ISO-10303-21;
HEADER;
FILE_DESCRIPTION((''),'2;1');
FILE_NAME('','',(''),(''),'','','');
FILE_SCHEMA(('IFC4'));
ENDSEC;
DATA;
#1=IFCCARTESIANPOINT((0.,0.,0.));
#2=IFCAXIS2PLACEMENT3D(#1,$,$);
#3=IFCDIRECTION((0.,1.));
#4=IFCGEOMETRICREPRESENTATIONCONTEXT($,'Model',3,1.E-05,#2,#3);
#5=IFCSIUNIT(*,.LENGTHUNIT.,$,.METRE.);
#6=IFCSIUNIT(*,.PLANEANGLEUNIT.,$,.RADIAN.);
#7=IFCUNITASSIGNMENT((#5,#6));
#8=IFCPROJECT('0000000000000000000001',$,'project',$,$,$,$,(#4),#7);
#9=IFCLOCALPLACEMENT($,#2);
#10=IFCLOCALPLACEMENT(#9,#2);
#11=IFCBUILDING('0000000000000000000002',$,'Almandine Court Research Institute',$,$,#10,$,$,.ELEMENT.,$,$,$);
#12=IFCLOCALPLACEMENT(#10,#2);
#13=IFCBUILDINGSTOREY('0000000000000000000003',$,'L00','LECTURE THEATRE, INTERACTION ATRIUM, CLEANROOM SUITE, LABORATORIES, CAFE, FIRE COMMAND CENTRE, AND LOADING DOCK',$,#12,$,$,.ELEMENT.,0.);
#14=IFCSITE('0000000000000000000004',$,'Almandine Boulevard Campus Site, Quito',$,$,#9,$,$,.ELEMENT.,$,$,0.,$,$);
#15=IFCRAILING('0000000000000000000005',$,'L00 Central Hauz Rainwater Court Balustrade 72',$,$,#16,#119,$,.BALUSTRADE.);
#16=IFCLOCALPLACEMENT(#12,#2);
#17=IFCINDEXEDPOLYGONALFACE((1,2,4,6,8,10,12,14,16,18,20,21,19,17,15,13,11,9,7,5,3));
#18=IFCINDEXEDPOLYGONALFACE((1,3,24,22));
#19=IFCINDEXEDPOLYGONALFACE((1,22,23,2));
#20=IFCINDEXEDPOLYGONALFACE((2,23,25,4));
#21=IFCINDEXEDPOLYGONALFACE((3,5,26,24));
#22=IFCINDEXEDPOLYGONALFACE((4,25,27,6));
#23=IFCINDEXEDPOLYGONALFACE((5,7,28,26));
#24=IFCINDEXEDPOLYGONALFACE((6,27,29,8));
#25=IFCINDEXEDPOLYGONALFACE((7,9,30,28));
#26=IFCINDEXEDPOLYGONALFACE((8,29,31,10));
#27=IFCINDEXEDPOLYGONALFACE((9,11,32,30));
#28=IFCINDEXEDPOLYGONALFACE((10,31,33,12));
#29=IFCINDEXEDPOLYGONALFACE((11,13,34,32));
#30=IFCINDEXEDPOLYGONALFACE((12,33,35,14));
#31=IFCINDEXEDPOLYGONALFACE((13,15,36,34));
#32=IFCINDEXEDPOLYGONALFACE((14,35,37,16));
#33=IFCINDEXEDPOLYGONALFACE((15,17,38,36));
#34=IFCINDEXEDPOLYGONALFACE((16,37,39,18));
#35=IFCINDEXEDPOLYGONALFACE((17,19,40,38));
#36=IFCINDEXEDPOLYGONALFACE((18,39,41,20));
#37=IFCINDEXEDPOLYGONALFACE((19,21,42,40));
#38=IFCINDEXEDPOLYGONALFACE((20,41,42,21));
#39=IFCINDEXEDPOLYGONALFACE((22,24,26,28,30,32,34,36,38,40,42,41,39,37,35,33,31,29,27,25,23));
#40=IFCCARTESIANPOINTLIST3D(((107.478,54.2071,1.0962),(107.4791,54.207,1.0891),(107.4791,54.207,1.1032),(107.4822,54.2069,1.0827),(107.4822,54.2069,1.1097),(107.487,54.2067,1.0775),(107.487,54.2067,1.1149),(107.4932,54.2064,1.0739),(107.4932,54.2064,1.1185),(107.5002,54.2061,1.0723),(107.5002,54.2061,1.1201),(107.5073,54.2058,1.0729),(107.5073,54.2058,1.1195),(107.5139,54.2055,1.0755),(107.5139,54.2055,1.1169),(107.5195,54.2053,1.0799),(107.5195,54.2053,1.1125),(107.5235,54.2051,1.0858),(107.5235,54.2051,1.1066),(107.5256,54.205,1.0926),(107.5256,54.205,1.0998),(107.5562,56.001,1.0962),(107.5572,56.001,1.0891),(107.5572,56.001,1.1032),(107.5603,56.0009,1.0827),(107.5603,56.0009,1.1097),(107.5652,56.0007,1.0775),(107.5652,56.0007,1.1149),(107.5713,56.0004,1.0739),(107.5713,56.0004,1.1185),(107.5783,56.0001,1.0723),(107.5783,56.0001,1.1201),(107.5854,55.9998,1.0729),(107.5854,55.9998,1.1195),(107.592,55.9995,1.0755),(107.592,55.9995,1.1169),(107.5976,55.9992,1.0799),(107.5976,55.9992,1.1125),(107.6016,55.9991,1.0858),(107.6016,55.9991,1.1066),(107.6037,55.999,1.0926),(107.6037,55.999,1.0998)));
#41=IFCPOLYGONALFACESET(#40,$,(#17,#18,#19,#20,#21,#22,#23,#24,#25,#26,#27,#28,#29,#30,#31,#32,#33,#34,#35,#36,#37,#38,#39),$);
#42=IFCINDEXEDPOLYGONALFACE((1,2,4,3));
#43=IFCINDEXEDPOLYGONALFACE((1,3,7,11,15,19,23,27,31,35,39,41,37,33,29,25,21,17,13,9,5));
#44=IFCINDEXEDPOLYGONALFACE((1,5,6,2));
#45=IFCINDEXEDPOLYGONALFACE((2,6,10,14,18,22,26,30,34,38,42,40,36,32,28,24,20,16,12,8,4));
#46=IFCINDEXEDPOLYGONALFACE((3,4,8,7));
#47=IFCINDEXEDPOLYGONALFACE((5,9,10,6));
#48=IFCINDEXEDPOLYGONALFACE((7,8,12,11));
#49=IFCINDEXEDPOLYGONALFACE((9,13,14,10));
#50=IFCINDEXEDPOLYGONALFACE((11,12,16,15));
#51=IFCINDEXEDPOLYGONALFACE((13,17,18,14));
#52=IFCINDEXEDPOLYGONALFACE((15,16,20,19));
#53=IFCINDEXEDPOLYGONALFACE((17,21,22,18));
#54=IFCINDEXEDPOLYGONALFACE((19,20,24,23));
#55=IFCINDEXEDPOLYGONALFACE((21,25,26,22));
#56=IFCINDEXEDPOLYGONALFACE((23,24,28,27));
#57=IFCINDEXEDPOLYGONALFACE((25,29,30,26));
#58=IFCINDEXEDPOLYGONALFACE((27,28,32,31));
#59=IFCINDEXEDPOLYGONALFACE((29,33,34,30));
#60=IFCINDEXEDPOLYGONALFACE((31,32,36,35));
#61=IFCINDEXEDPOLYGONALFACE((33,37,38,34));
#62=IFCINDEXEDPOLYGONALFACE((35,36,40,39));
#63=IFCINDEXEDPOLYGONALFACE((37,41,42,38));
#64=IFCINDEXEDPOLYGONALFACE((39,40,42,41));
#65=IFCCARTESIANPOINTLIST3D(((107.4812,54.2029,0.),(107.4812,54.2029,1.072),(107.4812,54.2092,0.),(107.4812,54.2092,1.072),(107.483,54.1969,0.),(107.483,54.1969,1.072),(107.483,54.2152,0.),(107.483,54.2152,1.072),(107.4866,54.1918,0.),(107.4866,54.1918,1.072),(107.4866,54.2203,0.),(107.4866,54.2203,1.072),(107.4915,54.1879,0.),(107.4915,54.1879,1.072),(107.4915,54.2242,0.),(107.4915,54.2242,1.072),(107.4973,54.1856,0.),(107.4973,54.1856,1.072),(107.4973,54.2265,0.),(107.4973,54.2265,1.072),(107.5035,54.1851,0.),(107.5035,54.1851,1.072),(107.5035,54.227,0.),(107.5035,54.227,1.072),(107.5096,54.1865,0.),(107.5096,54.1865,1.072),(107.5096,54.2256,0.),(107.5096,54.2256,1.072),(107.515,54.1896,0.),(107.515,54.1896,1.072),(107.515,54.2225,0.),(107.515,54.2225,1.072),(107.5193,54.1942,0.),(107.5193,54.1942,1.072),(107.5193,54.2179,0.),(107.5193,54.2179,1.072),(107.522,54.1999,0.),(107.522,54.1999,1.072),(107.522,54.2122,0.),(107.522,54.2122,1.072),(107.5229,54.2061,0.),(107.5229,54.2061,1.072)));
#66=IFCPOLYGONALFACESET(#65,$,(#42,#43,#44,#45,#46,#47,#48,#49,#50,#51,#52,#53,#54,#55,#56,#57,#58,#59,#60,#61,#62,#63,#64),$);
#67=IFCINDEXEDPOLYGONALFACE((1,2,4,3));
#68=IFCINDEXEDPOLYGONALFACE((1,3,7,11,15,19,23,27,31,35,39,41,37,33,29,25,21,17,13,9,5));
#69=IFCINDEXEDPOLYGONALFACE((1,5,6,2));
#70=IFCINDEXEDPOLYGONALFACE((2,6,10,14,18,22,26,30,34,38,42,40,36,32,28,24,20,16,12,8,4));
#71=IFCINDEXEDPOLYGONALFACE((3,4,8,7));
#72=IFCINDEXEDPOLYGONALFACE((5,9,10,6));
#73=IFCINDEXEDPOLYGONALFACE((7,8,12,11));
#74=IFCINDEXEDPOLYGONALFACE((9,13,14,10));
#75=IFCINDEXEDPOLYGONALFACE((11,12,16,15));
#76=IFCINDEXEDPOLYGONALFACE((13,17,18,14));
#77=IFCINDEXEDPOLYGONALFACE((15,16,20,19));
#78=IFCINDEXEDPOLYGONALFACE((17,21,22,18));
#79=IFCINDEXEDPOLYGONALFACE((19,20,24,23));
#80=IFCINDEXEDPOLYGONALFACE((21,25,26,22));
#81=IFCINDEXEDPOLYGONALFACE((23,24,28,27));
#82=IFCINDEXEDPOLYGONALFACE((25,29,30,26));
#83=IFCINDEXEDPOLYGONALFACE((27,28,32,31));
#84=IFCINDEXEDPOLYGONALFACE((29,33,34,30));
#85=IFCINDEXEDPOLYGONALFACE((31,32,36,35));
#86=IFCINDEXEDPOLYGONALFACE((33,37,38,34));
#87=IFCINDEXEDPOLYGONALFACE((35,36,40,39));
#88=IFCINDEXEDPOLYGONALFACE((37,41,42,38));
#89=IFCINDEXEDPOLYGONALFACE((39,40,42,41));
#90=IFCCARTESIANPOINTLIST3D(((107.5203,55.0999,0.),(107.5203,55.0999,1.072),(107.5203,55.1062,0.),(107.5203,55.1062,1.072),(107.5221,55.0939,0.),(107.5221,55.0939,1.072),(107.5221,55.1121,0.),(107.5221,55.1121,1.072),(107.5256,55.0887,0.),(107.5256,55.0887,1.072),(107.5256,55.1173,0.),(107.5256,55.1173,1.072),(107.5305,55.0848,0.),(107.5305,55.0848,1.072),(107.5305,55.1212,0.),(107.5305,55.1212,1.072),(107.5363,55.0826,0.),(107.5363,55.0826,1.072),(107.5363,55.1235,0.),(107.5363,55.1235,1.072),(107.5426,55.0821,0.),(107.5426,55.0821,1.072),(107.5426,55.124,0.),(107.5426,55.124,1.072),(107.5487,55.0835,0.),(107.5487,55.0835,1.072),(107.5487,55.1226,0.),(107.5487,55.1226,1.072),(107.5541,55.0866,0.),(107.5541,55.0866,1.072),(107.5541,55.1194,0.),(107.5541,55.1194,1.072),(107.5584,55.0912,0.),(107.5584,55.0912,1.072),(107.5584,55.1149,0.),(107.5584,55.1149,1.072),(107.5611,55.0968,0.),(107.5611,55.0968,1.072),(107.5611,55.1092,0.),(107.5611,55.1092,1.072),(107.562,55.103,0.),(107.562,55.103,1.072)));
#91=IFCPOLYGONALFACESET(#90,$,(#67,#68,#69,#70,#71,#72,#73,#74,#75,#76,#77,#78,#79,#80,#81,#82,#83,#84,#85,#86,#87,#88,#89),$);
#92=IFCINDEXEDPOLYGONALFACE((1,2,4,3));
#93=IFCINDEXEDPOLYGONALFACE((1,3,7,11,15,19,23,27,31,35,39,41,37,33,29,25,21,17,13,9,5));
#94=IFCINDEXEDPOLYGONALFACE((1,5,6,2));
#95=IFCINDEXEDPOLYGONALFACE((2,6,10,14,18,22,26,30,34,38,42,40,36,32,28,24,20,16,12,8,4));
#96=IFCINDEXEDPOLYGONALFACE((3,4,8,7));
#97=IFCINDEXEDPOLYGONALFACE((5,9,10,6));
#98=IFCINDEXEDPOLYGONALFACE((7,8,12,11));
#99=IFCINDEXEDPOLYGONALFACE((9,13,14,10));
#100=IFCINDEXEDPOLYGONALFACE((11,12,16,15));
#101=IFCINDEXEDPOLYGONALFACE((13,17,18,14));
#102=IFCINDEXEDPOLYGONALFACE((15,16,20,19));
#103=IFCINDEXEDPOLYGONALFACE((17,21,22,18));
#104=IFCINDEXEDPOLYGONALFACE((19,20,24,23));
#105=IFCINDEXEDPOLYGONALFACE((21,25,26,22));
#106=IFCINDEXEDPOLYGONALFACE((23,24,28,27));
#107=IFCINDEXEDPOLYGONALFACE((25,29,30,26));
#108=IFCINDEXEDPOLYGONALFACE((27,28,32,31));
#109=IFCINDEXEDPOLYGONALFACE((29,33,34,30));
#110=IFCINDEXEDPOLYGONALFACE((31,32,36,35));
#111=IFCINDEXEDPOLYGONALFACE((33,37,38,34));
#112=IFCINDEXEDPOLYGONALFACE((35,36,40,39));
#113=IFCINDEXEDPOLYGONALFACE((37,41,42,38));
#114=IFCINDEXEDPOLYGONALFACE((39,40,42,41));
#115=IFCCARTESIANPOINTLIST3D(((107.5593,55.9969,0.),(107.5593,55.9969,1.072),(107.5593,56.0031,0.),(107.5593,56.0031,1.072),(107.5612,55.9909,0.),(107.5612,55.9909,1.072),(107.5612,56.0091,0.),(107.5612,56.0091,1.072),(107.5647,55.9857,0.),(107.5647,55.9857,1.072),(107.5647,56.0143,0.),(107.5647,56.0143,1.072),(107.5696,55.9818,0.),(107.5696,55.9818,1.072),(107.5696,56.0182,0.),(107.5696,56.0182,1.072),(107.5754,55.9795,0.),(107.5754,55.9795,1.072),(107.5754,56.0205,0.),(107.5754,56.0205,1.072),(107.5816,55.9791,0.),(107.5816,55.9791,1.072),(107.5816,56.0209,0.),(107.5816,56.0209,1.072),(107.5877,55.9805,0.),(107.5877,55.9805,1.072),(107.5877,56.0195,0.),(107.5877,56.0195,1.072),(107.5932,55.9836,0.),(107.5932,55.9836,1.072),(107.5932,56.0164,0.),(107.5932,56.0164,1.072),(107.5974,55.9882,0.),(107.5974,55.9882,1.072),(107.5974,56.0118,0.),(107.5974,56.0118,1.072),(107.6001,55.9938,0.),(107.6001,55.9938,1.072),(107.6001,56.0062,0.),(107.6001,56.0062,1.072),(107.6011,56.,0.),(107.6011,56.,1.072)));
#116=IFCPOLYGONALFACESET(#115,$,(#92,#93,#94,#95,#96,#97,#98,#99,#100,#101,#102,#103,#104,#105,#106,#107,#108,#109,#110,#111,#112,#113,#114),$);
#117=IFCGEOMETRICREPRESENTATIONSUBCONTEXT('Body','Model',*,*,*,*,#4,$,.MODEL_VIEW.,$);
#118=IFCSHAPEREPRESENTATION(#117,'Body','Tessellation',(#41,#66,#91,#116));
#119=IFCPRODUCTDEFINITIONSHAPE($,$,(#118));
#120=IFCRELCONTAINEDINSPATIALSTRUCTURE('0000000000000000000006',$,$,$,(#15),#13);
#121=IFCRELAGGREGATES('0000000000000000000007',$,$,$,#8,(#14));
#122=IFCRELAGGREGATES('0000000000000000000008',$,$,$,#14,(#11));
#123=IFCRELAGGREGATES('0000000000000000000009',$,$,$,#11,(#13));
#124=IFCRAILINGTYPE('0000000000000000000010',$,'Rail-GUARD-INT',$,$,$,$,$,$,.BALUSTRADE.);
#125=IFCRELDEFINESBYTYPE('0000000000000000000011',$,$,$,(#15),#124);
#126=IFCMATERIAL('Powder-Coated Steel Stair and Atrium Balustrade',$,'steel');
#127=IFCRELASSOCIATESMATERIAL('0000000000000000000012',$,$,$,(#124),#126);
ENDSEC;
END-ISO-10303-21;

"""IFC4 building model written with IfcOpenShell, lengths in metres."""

from ifc_helpers import new_model, si_unit, direction, frame, origin, origin_2d, place, context, subcontext, project, spatial, circle, extrude, material, type_object, element, save


model = new_model("IFC4")

# Units and contexts
model_context = context("Model", 3, precision=1e-05, world=origin(), true_north=direction((0.0, 1.0)))
body_context = subcontext(model_context, "Body", "Model", "MODEL_VIEW")
ifc_project = project(units=[si_unit("LENGTHUNIT", "METRE"), si_unit("PLANEANGLEUNIT", "RADIAN")], contexts=[model_context])

# Site, building, storey
site_placement = place(None, origin())
site = spatial("IfcSite", under=ifc_project, at=site_placement, Name="Almandine Boulevard Campus Site, Quito", CompositionType="ELEMENT", RefElevation=0.0)
building_placement = place(site_placement, origin())
building = spatial("IfcBuilding", under=site, at=building_placement, Name="Almandine Court Research Institute", CompositionType="ELEMENT")
storey_placement = place(building_placement, origin())
storey = spatial("IfcBuildingStorey", under=building, at=storey_placement, Name="L00", Description="LECTURE THEATRE, INTERACTION ATRIUM, CLEANROOM SUITE, LABORATORIES, CAFE, FIRE COMMAND CENTRE, AND LOADING DOCK", CompositionType="ELEMENT", Elevation=0.0)

# Railing
ifc_material_1 = material(Name="Powder-Coated Steel Stair and Atrium Balustrade", Category="steel")
railing_type = type_object("IfcRailingType", Name="Rail-GUARD-INT", PredefinedType="BALUSTRADE", material=ifc_material_1)
railing_1_placement = place(storey_placement, frame((107.502, 54.2061, 0.0)))
element("IfcRailing", 1, at=railing_1_placement, inside=storey, type_object=railing_type, Name="L00 Central Hauz Rainwater Court Balustrade 72", PredefinedType="BALUSTRADE", context=body_context, shape_type="SweptSolid", body=[
    extrude(circle(Radius=0.0239, at=origin_2d()), frame((0.0, 0.0, 1.0962), z_axis=(0.043508, 0.999053, 0.0), x_axis=(-0.999053, 0.043508, 0.0)), (0.0, 0.0, 1.0), 1.7957),
    extrude(circle(Radius=0.021, at=origin_2d()), origin(), (0.0, 0.0, 1.0), 1.072),
    extrude(circle(Radius=0.021, at=origin_2d()), frame((0.0391, 0.897, 0.0)), (0.0, 0.0, 1.0), 1.072),
    extrude(circle(Radius=0.021, at=origin_2d()), frame((0.0781, 1.7939, 0.0)), (0.0, 0.0, 1.0), 1.072),
])

save(model, "model.ifc")
